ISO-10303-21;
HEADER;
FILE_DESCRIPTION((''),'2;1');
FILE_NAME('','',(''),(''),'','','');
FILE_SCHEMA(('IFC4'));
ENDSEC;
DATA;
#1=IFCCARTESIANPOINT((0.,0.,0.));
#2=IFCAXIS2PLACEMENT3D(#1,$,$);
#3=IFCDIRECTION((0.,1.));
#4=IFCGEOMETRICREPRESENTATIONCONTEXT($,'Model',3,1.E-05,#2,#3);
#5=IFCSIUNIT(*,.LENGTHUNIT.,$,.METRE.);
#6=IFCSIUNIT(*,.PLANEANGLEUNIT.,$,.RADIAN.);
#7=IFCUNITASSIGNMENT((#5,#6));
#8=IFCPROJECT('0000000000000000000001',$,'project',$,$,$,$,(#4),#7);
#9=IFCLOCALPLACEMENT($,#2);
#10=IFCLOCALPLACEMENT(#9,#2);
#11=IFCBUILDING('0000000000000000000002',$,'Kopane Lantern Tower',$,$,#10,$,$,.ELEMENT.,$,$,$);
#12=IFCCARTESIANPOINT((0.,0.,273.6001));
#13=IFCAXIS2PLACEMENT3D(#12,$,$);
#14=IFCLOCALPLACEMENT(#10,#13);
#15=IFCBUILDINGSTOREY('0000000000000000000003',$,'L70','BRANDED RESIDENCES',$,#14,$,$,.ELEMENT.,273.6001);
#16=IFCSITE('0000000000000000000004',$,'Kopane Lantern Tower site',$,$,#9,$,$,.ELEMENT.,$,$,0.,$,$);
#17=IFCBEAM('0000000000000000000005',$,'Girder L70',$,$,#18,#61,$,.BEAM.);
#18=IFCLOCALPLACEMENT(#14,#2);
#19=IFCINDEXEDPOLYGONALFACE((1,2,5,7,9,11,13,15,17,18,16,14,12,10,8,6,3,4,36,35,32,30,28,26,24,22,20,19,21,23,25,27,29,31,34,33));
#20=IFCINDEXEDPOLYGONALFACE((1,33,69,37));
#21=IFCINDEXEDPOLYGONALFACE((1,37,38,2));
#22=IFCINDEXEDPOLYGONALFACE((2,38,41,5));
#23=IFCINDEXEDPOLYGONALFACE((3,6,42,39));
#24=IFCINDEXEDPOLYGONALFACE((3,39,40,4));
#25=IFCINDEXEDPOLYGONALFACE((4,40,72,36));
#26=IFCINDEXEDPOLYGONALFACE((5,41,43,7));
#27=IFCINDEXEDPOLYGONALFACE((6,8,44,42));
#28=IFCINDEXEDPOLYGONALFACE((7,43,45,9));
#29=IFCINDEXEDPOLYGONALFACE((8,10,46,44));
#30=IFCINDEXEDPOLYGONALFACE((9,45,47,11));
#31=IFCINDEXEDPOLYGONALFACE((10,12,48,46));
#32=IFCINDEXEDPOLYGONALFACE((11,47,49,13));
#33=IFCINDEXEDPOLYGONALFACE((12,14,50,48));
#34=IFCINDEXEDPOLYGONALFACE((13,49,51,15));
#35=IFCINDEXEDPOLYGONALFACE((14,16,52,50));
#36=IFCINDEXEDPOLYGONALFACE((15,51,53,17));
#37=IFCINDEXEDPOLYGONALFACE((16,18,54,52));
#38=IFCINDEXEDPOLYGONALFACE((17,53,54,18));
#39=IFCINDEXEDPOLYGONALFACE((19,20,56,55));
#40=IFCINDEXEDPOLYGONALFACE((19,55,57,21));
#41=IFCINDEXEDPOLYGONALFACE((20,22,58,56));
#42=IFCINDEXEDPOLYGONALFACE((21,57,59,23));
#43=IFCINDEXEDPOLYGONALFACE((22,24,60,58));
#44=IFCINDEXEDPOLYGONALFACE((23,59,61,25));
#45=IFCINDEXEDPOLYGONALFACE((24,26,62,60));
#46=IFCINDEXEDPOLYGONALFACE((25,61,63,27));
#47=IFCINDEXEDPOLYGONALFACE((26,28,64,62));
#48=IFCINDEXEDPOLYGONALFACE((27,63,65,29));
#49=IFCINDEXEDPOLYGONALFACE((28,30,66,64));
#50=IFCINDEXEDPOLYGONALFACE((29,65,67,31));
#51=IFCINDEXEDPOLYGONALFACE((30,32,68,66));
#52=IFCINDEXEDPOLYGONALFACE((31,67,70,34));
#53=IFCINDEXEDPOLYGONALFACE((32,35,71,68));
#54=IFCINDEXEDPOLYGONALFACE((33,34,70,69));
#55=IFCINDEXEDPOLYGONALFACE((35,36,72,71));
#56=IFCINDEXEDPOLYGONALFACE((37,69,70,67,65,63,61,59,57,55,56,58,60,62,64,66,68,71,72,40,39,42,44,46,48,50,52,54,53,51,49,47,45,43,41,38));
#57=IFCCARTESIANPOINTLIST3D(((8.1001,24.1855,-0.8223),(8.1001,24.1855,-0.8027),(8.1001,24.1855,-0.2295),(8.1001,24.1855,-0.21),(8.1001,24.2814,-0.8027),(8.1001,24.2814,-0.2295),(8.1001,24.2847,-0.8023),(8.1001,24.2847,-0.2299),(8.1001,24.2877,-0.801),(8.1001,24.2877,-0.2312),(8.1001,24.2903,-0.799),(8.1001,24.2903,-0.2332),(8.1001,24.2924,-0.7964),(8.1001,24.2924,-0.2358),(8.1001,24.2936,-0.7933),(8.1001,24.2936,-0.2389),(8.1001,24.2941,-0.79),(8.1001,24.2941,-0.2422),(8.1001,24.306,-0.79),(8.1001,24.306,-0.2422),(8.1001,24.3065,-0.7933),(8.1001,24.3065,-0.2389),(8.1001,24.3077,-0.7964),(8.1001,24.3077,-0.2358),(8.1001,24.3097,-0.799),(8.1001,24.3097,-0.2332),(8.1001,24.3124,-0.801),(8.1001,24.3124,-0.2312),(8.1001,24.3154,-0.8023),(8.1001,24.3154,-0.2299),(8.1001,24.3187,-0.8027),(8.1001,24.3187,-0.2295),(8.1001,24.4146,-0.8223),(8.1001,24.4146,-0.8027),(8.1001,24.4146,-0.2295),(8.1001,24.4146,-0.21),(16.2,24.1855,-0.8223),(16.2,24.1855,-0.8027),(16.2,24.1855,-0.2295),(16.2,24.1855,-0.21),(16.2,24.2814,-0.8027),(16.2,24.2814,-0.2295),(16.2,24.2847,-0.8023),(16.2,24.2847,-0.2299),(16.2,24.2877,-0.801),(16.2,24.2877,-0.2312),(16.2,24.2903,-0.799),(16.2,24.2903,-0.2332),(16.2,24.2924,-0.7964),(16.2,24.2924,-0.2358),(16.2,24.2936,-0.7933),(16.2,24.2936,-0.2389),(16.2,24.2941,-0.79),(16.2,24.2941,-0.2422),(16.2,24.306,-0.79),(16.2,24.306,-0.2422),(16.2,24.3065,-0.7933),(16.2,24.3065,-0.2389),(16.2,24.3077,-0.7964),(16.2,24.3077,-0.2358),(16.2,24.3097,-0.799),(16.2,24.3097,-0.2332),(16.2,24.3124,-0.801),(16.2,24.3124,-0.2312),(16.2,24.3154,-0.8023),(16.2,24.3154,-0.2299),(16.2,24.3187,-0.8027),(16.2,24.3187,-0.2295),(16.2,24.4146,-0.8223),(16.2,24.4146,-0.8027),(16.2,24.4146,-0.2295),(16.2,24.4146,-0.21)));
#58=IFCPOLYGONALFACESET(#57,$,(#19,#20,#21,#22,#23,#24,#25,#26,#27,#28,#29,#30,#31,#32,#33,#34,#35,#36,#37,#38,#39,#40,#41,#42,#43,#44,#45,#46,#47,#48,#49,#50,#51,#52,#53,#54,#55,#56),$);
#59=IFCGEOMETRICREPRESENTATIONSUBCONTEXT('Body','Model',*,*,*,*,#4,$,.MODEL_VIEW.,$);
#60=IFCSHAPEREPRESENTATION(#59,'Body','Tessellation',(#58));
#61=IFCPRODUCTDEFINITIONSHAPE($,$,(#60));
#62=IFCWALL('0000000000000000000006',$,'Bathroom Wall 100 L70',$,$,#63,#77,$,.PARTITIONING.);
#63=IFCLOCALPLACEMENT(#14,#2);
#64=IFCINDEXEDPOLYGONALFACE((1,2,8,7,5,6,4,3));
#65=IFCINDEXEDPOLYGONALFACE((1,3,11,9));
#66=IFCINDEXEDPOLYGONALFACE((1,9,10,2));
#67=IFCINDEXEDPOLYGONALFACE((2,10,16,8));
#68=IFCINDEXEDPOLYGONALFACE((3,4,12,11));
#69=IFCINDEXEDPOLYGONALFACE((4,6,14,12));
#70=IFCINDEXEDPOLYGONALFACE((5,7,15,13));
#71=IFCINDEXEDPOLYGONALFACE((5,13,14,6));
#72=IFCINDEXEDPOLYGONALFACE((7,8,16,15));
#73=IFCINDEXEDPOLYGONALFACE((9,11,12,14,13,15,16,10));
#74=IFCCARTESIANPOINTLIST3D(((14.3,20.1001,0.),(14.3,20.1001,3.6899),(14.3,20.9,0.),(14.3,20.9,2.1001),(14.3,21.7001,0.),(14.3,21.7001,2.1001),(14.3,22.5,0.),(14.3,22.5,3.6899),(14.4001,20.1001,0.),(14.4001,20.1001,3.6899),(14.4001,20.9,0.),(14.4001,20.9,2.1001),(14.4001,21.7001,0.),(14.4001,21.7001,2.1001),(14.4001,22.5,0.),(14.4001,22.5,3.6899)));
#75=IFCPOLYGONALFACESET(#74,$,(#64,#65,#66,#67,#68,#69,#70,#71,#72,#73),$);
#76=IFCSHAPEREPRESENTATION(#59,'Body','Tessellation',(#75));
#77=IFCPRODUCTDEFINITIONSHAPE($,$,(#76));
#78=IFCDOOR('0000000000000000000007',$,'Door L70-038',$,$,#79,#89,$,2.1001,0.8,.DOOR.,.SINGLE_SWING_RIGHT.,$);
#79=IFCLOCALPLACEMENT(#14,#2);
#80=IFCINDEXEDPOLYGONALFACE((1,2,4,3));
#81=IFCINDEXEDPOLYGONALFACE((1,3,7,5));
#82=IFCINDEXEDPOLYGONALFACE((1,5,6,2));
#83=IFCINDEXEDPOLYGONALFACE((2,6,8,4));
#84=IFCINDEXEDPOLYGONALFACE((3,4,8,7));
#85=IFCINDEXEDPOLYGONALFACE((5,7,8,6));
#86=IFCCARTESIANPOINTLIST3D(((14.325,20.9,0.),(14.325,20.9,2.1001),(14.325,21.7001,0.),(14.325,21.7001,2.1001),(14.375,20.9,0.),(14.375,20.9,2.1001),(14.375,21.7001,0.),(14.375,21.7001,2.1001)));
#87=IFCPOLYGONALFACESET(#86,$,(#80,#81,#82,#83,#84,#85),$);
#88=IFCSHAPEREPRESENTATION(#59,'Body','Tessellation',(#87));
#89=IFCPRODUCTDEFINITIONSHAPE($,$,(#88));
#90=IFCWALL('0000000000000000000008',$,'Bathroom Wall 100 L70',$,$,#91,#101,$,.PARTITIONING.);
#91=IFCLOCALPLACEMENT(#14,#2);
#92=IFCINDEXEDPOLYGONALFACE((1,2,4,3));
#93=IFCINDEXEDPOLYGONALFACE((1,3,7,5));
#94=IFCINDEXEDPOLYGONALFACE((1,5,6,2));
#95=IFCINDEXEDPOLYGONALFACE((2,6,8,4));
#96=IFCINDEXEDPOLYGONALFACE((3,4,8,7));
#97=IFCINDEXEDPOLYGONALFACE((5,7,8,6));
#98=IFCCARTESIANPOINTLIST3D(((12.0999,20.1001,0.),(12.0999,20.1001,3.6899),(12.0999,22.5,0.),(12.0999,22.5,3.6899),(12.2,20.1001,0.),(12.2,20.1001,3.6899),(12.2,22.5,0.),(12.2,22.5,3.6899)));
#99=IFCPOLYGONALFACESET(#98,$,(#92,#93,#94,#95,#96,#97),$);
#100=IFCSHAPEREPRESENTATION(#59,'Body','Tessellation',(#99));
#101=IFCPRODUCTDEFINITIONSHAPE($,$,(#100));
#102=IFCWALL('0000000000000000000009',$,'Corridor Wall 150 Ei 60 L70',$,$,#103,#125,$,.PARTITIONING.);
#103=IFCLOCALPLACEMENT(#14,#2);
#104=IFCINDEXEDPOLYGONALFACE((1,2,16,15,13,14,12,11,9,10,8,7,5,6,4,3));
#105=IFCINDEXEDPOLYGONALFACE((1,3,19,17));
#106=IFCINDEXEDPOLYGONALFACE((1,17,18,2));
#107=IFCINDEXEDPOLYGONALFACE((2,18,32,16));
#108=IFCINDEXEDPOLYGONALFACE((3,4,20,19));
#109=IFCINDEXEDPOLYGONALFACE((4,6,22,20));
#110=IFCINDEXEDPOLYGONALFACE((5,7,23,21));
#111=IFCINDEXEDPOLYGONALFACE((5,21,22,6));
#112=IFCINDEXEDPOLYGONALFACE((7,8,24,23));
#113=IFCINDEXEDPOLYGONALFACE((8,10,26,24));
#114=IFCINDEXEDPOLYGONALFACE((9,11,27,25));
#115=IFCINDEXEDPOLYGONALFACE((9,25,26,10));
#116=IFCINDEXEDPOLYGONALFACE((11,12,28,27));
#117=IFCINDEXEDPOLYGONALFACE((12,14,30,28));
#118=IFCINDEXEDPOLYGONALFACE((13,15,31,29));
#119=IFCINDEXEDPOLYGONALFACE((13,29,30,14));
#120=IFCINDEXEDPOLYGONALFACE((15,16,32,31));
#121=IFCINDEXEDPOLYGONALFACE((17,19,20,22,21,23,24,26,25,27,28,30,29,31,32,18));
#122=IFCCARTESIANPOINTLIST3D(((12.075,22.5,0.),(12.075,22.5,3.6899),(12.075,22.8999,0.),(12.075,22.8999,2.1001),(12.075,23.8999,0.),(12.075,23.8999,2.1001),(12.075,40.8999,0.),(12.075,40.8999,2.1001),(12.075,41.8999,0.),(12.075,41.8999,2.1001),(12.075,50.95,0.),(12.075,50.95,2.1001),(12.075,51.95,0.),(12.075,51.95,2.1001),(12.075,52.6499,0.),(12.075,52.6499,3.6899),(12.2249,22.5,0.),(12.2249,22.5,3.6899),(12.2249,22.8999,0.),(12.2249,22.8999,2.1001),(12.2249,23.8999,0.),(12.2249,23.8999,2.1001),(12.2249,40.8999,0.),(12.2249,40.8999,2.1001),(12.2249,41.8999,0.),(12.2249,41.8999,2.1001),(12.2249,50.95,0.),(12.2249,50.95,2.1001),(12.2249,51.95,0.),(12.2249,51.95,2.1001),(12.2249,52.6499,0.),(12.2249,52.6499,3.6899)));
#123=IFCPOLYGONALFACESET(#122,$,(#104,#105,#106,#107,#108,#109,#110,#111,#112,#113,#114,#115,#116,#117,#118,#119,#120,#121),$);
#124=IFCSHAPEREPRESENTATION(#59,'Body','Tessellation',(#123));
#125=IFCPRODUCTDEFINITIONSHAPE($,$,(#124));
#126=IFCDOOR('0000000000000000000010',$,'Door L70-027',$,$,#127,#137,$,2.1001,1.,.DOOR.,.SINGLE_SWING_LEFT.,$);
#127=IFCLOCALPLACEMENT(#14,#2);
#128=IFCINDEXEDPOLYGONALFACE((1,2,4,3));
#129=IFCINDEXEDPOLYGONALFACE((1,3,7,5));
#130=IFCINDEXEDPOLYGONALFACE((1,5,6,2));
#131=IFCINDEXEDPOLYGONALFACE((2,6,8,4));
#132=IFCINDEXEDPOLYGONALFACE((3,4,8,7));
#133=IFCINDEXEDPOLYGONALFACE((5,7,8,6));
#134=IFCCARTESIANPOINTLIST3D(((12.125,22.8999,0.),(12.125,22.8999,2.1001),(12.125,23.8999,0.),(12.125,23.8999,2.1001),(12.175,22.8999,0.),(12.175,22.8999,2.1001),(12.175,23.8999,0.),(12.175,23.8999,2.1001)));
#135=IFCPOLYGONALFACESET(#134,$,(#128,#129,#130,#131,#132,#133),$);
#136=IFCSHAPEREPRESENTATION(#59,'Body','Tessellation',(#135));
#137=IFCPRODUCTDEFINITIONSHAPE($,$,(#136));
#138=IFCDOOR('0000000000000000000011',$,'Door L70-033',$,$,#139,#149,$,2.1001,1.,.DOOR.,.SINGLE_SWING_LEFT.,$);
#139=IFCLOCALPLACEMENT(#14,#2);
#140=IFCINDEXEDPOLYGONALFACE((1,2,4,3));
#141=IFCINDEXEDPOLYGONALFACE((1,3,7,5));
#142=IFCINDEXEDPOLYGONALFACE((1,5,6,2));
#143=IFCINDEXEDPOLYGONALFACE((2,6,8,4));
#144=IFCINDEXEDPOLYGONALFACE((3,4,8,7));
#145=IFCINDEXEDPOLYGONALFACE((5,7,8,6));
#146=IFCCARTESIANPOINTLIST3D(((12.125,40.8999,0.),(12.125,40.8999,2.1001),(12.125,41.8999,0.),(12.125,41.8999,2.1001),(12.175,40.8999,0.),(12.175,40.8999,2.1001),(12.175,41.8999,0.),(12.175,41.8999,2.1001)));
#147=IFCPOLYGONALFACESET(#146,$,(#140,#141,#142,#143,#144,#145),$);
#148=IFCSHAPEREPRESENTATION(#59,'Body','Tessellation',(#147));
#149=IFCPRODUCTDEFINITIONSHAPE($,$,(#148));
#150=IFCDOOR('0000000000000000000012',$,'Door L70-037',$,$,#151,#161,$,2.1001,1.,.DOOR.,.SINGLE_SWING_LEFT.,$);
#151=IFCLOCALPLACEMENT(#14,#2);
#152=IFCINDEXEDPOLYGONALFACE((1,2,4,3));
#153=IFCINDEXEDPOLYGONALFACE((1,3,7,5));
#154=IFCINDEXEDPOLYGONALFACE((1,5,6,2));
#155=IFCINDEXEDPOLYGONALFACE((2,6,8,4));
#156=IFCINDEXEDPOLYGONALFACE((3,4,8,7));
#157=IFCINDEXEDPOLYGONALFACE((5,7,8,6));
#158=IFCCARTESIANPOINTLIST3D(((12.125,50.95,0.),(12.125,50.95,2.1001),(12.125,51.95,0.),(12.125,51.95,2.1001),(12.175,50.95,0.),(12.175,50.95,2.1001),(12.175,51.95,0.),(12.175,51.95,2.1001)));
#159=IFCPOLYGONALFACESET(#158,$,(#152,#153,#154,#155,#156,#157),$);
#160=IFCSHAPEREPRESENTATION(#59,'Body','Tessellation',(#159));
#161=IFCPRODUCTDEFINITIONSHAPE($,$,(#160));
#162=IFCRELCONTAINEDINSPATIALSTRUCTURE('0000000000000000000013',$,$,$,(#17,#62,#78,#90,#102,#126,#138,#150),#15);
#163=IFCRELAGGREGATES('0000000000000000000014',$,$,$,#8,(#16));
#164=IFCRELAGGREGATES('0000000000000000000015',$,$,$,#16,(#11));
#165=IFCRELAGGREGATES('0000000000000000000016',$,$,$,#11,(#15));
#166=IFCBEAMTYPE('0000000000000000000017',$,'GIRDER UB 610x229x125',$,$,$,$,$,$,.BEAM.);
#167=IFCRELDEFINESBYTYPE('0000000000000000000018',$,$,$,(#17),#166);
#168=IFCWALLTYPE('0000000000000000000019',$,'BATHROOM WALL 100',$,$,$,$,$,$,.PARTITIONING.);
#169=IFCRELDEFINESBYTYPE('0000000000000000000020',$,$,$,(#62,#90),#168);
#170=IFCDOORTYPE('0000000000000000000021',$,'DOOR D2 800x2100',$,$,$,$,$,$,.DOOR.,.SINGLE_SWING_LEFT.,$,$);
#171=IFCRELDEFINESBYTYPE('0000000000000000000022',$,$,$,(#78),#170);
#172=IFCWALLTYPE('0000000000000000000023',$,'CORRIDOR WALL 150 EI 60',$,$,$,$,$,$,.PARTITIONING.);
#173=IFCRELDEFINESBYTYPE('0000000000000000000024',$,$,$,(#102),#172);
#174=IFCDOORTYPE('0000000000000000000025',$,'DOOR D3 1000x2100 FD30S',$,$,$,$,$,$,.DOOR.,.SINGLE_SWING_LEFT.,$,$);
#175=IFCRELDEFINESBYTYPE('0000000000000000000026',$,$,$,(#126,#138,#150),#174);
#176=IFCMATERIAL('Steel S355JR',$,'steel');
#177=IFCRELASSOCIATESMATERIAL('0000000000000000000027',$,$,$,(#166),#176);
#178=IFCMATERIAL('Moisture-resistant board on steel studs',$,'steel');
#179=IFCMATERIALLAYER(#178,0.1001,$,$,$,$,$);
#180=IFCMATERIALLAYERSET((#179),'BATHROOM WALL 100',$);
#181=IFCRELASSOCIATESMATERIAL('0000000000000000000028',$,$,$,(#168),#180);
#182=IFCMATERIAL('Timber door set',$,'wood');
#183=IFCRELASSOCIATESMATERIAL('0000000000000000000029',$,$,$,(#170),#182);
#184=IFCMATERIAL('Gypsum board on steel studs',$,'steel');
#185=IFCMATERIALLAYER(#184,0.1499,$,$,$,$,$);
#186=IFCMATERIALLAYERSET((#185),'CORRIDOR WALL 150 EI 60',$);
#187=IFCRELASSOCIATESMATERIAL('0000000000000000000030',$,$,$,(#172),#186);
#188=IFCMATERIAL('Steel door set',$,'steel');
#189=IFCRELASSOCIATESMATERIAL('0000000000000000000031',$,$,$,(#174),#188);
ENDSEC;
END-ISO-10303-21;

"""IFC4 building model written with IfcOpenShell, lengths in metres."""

from ifc_helpers import new_model, si_unit, direction, frame, frame_2d, origin, origin_2d, place, context, subcontext, project, spatial, rectangle, i_section, extrude, material, layer, layer_set, material_profile, profile_set, type_object, element, fill, save


model = new_model("IFC4")

# Units and contexts
model_context = context("Model", 3, precision=1e-05, world=origin(), true_north=direction((0.0, 1.0)))
body_context = subcontext(model_context, "Body", "Model", "MODEL_VIEW")
ifc_project = project(units=[si_unit("LENGTHUNIT", "METRE"), si_unit("PLANEANGLEUNIT", "RADIAN")], contexts=[model_context])

# Site, building, storey
site_placement = place(None, origin())
site = spatial("IfcSite", under=ifc_project, at=site_placement, Name="Kopane Lantern Tower site", CompositionType="ELEMENT", RefElevation=0.0)
building_placement = place(site_placement, origin())
building = spatial("IfcBuilding", under=site, at=building_placement, Name="Kopane Lantern Tower", CompositionType="ELEMENT")
storey_placement = place(building_placement, frame((0.0, 0.0, 273.6001)))
storey = spatial("IfcBuildingStorey", under=building, at=storey_placement, Name="L70", Description="BRANDED RESIDENCES", CompositionType="ELEMENT", Elevation=273.6001)

# Beam
ifc_material_1 = material(Name="Steel S355JR", Category="steel")
ifc_material_profile = material_profile(ifc_material_1, i_section(OverallWidth=0.229, OverallDepth=0.6123, WebThickness=0.012, FlangeThickness=0.0195, FilletRadius=0.0127, at=origin_2d()), Name="UB 610x229x125")
ifc_profile_set = profile_set([ifc_material_profile], Name="Steel S355JR")
beam_type = type_object("IfcBeamType", Name="GIRDER UB 610x229x125", PredefinedType="BEAM", material=ifc_profile_set)
beam_placement = place(storey_placement, frame((8.1001, 24.3, -0.5161), z_axis=(1.0, 0.0, 0.0), x_axis=(0.0, 1.0, 0.0)))
element("IfcBeam", 1, at=beam_placement, inside=storey, type_object=beam_type, Name="Girder L70", PredefinedType="BEAM", context=body_context, shape_type="SweptSolid", body=[
    extrude(i_section(OverallWidth=0.229, OverallDepth=0.6123, WebThickness=0.012, FlangeThickness=0.0195, FilletRadius=0.0127, at=origin_2d()), origin(), (0.0, 0.0, 1.0), 8.0999),
])

# Wall, opening, door
ifc_material_2 = material(Name="Moisture-resistant board on steel studs", Category="steel")
ifc_layer_1 = layer(ifc_material_2, 0.1001)
ifc_layer_set_1 = layer_set([ifc_layer_1], Name="BATHROOM WALL 100")
wall_type_1 = type_object("IfcWallType", Name="BATHROOM WALL 100", PredefinedType="PARTITIONING", material=ifc_layer_set_1)
wall_1_placement = place(storey_placement, frame((14.3501, 22.5, 0.0), z_axis=(0.0, 0.0, 1.0), x_axis=(0.0, -1.0, 0.0)))
wall_1 = element("IfcWall", 2, at=wall_1_placement, inside=storey, type_object=wall_type_1, Name="Bathroom Wall 100 L70", PredefinedType="PARTITIONING", context=body_context, shape_type="SweptSolid", body=[
    extrude(rectangle(XDim=2.3999, YDim=0.1001, at=frame_2d((1.2, 0.0))), origin(), (0.0, 0.0, 1.0), 3.6899),
])
opening_1_placement = place(wall_1_placement, frame((0.8, 0.0, 0.0)))
opening_1 = element("IfcOpeningElement", 3, at=opening_1_placement, cuts=wall_1, PredefinedType="OPENING", context=body_context, shape_type="SweptSolid", body=[
    extrude(rectangle(XDim=0.8, YDim=2.1001, at=frame_2d((0.3999, 1.05))), frame((0.0, 0.0601, 0.0), z_axis=(0.0, -1.0, 0.0), x_axis=(1.0, 0.0, 0.0)), (0.0, 0.0, 1.0), 0.1201),
])
ifc_material_3 = material(Name="Timber door set", Category="wood")
door_type_1 = type_object("IfcDoorType", Name="DOOR D2 800x2100", OperationType="SINGLE_SWING_LEFT", PredefinedType="DOOR", material=ifc_material_3)
door_1_placement = place(opening_1_placement, origin())
door_1 = element("IfcDoor", 4, at=door_1_placement, inside=storey, type_object=door_type_1, Name="Door L70-038", OperationType="SINGLE_SWING_RIGHT", OverallHeight=2.1001, OverallWidth=0.8, PredefinedType="DOOR", context=body_context, shape_type="SweptSolid", body=[
    extrude(rectangle(XDim=0.8, YDim=2.1001, at=frame_2d((0.3999, 1.05))), frame((0.0, 0.0249, 0.0), z_axis=(0.0, -1.0, 0.0), x_axis=(1.0, 0.0, 0.0)), (0.0, 0.0, 1.0), 0.05),
])
fill(opening_1, door_1)

# Wall
wall_2_placement = place(storey_placement, frame((12.1499, 22.5, 0.0), z_axis=(0.0, 0.0, 1.0), x_axis=(0.0, -1.0, 0.0)))
element("IfcWall", 5, at=wall_2_placement, inside=storey, type_object=wall_type_1, Name="Bathroom Wall 100 L70", PredefinedType="PARTITIONING", context=body_context, shape_type="SweptSolid", body=[
    extrude(rectangle(XDim=2.3999, YDim=0.1001, at=frame_2d((1.2, 0.0))), origin(), (0.0, 0.0, 1.0), 3.6899),
])

# Wall, openings, doors
ifc_material_4 = material(Name="Gypsum board on steel studs", Category="steel")
ifc_layer_2 = layer(ifc_material_4, 0.1499)
ifc_layer_set_2 = layer_set([ifc_layer_2], Name="CORRIDOR WALL 150 EI 60")
wall_type_2 = type_object("IfcWallType", Name="CORRIDOR WALL 150 EI 60", PredefinedType="PARTITIONING", material=ifc_layer_set_2)
wall_3_placement = place(storey_placement, frame((12.1499, 22.5, 0.0), z_axis=(0.0, 0.0, 1.0), x_axis=(0.0, 1.0, 0.0)))
wall_3 = element("IfcWall", 6, at=wall_3_placement, inside=storey, type_object=wall_type_2, Name="Corridor Wall 150 Ei 60 L70", PredefinedType="PARTITIONING", context=body_context, shape_type="SweptSolid", body=[
    extrude(rectangle(XDim=30.1499, YDim=0.1499, at=frame_2d((15.075, 0.0))), origin(), (0.0, 0.0, 1.0), 3.6899),
])
opening_2_placement = place(wall_3_placement, frame((0.3999, 0.0, 0.0)))
opening_2 = element("IfcOpeningElement", 7, at=opening_2_placement, cuts=wall_3, PredefinedType="OPENING", context=body_context, shape_type="SweptSolid", body=[
    extrude(rectangle(XDim=1.0, YDim=2.1001, at=frame_2d((0.5, 1.05))), frame((0.0, 0.085, 0.0), z_axis=(0.0, -1.0, 0.0), x_axis=(1.0, 0.0, 0.0)), (0.0, 0.0, 1.0), 0.1699),
])
opening_3_placement = place(wall_3_placement, frame((18.3999, 0.0, 0.0)))
opening_3 = element("IfcOpeningElement", 8, at=opening_3_placement, cuts=wall_3, PredefinedType="OPENING", context=body_context, shape_type="SweptSolid", body=[
    extrude(rectangle(XDim=1.0, YDim=2.1001, at=frame_2d((0.5, 1.05))), frame((0.0, 0.085, 0.0), z_axis=(0.0, -1.0, 0.0), x_axis=(1.0, 0.0, 0.0)), (0.0, 0.0, 1.0), 0.1699),
])
opening_4_placement = place(wall_3_placement, frame((28.45, 0.0, 0.0)))
opening_4 = element("IfcOpeningElement", 9, at=opening_4_placement, cuts=wall_3, PredefinedType="OPENING", context=body_context, shape_type="SweptSolid", body=[
    extrude(rectangle(XDim=1.0, YDim=2.1001, at=frame_2d((0.5, 1.05))), frame((0.0, 0.085, 0.0), z_axis=(0.0, -1.0, 0.0), x_axis=(1.0, 0.0, 0.0)), (0.0, 0.0, 1.0), 0.1699),
])
ifc_material_5 = material(Name="Steel door set", Category="steel")
door_type_2 = type_object("IfcDoorType", Name="DOOR D3 1000x2100 FD30S", OperationType="SINGLE_SWING_LEFT", PredefinedType="DOOR", material=ifc_material_5)
door_2_placement = place(opening_2_placement, origin())
door_2 = element("IfcDoor", 10, at=door_2_placement, inside=storey, type_object=door_type_2, Name="Door L70-027", OperationType="SINGLE_SWING_LEFT", OverallHeight=2.1001, OverallWidth=1.0, PredefinedType="DOOR", context=body_context, shape_type="SweptSolid", body=[
    extrude(rectangle(XDim=1.0, YDim=2.1001, at=frame_2d((0.5, 1.05))), frame((0.0, 0.0249, 0.0), z_axis=(0.0, -1.0, 0.0), x_axis=(1.0, 0.0, 0.0)), (0.0, 0.0, 1.0), 0.05),
])
fill(opening_2, door_2)
door_3_placement = place(opening_3_placement, origin())
door_3 = element("IfcDoor", 11, at=door_3_placement, inside=storey, type_object=door_type_2, Name="Door L70-033", OperationType="SINGLE_SWING_LEFT", OverallHeight=2.1001, OverallWidth=1.0, PredefinedType="DOOR", context=body_context, shape_type="SweptSolid", body=[
    extrude(rectangle(XDim=1.0, YDim=2.1001, at=frame_2d((0.5, 1.05))), frame((0.0, 0.0249, 0.0), z_axis=(0.0, -1.0, 0.0), x_axis=(1.0, 0.0, 0.0)), (0.0, 0.0, 1.0), 0.05),
])
fill(opening_3, door_3)
door_4_placement = place(opening_4_placement, origin())
door_4 = element("IfcDoor", 12, at=door_4_placement, inside=storey, type_object=door_type_2, Name="Door L70-037", OperationType="SINGLE_SWING_LEFT", OverallHeight=2.1001, OverallWidth=1.0, PredefinedType="DOOR", context=body_context, shape_type="SweptSolid", body=[
    extrude(rectangle(XDim=1.0, YDim=2.1001, at=frame_2d((0.5, 1.05))), frame((0.0, 0.0249, 0.0), z_axis=(0.0, -1.0, 0.0), x_axis=(1.0, 0.0, 0.0)), (0.0, 0.0, 1.0), 0.05),
])
fill(opening_4, door_4)

save(model, "model.ifc")
